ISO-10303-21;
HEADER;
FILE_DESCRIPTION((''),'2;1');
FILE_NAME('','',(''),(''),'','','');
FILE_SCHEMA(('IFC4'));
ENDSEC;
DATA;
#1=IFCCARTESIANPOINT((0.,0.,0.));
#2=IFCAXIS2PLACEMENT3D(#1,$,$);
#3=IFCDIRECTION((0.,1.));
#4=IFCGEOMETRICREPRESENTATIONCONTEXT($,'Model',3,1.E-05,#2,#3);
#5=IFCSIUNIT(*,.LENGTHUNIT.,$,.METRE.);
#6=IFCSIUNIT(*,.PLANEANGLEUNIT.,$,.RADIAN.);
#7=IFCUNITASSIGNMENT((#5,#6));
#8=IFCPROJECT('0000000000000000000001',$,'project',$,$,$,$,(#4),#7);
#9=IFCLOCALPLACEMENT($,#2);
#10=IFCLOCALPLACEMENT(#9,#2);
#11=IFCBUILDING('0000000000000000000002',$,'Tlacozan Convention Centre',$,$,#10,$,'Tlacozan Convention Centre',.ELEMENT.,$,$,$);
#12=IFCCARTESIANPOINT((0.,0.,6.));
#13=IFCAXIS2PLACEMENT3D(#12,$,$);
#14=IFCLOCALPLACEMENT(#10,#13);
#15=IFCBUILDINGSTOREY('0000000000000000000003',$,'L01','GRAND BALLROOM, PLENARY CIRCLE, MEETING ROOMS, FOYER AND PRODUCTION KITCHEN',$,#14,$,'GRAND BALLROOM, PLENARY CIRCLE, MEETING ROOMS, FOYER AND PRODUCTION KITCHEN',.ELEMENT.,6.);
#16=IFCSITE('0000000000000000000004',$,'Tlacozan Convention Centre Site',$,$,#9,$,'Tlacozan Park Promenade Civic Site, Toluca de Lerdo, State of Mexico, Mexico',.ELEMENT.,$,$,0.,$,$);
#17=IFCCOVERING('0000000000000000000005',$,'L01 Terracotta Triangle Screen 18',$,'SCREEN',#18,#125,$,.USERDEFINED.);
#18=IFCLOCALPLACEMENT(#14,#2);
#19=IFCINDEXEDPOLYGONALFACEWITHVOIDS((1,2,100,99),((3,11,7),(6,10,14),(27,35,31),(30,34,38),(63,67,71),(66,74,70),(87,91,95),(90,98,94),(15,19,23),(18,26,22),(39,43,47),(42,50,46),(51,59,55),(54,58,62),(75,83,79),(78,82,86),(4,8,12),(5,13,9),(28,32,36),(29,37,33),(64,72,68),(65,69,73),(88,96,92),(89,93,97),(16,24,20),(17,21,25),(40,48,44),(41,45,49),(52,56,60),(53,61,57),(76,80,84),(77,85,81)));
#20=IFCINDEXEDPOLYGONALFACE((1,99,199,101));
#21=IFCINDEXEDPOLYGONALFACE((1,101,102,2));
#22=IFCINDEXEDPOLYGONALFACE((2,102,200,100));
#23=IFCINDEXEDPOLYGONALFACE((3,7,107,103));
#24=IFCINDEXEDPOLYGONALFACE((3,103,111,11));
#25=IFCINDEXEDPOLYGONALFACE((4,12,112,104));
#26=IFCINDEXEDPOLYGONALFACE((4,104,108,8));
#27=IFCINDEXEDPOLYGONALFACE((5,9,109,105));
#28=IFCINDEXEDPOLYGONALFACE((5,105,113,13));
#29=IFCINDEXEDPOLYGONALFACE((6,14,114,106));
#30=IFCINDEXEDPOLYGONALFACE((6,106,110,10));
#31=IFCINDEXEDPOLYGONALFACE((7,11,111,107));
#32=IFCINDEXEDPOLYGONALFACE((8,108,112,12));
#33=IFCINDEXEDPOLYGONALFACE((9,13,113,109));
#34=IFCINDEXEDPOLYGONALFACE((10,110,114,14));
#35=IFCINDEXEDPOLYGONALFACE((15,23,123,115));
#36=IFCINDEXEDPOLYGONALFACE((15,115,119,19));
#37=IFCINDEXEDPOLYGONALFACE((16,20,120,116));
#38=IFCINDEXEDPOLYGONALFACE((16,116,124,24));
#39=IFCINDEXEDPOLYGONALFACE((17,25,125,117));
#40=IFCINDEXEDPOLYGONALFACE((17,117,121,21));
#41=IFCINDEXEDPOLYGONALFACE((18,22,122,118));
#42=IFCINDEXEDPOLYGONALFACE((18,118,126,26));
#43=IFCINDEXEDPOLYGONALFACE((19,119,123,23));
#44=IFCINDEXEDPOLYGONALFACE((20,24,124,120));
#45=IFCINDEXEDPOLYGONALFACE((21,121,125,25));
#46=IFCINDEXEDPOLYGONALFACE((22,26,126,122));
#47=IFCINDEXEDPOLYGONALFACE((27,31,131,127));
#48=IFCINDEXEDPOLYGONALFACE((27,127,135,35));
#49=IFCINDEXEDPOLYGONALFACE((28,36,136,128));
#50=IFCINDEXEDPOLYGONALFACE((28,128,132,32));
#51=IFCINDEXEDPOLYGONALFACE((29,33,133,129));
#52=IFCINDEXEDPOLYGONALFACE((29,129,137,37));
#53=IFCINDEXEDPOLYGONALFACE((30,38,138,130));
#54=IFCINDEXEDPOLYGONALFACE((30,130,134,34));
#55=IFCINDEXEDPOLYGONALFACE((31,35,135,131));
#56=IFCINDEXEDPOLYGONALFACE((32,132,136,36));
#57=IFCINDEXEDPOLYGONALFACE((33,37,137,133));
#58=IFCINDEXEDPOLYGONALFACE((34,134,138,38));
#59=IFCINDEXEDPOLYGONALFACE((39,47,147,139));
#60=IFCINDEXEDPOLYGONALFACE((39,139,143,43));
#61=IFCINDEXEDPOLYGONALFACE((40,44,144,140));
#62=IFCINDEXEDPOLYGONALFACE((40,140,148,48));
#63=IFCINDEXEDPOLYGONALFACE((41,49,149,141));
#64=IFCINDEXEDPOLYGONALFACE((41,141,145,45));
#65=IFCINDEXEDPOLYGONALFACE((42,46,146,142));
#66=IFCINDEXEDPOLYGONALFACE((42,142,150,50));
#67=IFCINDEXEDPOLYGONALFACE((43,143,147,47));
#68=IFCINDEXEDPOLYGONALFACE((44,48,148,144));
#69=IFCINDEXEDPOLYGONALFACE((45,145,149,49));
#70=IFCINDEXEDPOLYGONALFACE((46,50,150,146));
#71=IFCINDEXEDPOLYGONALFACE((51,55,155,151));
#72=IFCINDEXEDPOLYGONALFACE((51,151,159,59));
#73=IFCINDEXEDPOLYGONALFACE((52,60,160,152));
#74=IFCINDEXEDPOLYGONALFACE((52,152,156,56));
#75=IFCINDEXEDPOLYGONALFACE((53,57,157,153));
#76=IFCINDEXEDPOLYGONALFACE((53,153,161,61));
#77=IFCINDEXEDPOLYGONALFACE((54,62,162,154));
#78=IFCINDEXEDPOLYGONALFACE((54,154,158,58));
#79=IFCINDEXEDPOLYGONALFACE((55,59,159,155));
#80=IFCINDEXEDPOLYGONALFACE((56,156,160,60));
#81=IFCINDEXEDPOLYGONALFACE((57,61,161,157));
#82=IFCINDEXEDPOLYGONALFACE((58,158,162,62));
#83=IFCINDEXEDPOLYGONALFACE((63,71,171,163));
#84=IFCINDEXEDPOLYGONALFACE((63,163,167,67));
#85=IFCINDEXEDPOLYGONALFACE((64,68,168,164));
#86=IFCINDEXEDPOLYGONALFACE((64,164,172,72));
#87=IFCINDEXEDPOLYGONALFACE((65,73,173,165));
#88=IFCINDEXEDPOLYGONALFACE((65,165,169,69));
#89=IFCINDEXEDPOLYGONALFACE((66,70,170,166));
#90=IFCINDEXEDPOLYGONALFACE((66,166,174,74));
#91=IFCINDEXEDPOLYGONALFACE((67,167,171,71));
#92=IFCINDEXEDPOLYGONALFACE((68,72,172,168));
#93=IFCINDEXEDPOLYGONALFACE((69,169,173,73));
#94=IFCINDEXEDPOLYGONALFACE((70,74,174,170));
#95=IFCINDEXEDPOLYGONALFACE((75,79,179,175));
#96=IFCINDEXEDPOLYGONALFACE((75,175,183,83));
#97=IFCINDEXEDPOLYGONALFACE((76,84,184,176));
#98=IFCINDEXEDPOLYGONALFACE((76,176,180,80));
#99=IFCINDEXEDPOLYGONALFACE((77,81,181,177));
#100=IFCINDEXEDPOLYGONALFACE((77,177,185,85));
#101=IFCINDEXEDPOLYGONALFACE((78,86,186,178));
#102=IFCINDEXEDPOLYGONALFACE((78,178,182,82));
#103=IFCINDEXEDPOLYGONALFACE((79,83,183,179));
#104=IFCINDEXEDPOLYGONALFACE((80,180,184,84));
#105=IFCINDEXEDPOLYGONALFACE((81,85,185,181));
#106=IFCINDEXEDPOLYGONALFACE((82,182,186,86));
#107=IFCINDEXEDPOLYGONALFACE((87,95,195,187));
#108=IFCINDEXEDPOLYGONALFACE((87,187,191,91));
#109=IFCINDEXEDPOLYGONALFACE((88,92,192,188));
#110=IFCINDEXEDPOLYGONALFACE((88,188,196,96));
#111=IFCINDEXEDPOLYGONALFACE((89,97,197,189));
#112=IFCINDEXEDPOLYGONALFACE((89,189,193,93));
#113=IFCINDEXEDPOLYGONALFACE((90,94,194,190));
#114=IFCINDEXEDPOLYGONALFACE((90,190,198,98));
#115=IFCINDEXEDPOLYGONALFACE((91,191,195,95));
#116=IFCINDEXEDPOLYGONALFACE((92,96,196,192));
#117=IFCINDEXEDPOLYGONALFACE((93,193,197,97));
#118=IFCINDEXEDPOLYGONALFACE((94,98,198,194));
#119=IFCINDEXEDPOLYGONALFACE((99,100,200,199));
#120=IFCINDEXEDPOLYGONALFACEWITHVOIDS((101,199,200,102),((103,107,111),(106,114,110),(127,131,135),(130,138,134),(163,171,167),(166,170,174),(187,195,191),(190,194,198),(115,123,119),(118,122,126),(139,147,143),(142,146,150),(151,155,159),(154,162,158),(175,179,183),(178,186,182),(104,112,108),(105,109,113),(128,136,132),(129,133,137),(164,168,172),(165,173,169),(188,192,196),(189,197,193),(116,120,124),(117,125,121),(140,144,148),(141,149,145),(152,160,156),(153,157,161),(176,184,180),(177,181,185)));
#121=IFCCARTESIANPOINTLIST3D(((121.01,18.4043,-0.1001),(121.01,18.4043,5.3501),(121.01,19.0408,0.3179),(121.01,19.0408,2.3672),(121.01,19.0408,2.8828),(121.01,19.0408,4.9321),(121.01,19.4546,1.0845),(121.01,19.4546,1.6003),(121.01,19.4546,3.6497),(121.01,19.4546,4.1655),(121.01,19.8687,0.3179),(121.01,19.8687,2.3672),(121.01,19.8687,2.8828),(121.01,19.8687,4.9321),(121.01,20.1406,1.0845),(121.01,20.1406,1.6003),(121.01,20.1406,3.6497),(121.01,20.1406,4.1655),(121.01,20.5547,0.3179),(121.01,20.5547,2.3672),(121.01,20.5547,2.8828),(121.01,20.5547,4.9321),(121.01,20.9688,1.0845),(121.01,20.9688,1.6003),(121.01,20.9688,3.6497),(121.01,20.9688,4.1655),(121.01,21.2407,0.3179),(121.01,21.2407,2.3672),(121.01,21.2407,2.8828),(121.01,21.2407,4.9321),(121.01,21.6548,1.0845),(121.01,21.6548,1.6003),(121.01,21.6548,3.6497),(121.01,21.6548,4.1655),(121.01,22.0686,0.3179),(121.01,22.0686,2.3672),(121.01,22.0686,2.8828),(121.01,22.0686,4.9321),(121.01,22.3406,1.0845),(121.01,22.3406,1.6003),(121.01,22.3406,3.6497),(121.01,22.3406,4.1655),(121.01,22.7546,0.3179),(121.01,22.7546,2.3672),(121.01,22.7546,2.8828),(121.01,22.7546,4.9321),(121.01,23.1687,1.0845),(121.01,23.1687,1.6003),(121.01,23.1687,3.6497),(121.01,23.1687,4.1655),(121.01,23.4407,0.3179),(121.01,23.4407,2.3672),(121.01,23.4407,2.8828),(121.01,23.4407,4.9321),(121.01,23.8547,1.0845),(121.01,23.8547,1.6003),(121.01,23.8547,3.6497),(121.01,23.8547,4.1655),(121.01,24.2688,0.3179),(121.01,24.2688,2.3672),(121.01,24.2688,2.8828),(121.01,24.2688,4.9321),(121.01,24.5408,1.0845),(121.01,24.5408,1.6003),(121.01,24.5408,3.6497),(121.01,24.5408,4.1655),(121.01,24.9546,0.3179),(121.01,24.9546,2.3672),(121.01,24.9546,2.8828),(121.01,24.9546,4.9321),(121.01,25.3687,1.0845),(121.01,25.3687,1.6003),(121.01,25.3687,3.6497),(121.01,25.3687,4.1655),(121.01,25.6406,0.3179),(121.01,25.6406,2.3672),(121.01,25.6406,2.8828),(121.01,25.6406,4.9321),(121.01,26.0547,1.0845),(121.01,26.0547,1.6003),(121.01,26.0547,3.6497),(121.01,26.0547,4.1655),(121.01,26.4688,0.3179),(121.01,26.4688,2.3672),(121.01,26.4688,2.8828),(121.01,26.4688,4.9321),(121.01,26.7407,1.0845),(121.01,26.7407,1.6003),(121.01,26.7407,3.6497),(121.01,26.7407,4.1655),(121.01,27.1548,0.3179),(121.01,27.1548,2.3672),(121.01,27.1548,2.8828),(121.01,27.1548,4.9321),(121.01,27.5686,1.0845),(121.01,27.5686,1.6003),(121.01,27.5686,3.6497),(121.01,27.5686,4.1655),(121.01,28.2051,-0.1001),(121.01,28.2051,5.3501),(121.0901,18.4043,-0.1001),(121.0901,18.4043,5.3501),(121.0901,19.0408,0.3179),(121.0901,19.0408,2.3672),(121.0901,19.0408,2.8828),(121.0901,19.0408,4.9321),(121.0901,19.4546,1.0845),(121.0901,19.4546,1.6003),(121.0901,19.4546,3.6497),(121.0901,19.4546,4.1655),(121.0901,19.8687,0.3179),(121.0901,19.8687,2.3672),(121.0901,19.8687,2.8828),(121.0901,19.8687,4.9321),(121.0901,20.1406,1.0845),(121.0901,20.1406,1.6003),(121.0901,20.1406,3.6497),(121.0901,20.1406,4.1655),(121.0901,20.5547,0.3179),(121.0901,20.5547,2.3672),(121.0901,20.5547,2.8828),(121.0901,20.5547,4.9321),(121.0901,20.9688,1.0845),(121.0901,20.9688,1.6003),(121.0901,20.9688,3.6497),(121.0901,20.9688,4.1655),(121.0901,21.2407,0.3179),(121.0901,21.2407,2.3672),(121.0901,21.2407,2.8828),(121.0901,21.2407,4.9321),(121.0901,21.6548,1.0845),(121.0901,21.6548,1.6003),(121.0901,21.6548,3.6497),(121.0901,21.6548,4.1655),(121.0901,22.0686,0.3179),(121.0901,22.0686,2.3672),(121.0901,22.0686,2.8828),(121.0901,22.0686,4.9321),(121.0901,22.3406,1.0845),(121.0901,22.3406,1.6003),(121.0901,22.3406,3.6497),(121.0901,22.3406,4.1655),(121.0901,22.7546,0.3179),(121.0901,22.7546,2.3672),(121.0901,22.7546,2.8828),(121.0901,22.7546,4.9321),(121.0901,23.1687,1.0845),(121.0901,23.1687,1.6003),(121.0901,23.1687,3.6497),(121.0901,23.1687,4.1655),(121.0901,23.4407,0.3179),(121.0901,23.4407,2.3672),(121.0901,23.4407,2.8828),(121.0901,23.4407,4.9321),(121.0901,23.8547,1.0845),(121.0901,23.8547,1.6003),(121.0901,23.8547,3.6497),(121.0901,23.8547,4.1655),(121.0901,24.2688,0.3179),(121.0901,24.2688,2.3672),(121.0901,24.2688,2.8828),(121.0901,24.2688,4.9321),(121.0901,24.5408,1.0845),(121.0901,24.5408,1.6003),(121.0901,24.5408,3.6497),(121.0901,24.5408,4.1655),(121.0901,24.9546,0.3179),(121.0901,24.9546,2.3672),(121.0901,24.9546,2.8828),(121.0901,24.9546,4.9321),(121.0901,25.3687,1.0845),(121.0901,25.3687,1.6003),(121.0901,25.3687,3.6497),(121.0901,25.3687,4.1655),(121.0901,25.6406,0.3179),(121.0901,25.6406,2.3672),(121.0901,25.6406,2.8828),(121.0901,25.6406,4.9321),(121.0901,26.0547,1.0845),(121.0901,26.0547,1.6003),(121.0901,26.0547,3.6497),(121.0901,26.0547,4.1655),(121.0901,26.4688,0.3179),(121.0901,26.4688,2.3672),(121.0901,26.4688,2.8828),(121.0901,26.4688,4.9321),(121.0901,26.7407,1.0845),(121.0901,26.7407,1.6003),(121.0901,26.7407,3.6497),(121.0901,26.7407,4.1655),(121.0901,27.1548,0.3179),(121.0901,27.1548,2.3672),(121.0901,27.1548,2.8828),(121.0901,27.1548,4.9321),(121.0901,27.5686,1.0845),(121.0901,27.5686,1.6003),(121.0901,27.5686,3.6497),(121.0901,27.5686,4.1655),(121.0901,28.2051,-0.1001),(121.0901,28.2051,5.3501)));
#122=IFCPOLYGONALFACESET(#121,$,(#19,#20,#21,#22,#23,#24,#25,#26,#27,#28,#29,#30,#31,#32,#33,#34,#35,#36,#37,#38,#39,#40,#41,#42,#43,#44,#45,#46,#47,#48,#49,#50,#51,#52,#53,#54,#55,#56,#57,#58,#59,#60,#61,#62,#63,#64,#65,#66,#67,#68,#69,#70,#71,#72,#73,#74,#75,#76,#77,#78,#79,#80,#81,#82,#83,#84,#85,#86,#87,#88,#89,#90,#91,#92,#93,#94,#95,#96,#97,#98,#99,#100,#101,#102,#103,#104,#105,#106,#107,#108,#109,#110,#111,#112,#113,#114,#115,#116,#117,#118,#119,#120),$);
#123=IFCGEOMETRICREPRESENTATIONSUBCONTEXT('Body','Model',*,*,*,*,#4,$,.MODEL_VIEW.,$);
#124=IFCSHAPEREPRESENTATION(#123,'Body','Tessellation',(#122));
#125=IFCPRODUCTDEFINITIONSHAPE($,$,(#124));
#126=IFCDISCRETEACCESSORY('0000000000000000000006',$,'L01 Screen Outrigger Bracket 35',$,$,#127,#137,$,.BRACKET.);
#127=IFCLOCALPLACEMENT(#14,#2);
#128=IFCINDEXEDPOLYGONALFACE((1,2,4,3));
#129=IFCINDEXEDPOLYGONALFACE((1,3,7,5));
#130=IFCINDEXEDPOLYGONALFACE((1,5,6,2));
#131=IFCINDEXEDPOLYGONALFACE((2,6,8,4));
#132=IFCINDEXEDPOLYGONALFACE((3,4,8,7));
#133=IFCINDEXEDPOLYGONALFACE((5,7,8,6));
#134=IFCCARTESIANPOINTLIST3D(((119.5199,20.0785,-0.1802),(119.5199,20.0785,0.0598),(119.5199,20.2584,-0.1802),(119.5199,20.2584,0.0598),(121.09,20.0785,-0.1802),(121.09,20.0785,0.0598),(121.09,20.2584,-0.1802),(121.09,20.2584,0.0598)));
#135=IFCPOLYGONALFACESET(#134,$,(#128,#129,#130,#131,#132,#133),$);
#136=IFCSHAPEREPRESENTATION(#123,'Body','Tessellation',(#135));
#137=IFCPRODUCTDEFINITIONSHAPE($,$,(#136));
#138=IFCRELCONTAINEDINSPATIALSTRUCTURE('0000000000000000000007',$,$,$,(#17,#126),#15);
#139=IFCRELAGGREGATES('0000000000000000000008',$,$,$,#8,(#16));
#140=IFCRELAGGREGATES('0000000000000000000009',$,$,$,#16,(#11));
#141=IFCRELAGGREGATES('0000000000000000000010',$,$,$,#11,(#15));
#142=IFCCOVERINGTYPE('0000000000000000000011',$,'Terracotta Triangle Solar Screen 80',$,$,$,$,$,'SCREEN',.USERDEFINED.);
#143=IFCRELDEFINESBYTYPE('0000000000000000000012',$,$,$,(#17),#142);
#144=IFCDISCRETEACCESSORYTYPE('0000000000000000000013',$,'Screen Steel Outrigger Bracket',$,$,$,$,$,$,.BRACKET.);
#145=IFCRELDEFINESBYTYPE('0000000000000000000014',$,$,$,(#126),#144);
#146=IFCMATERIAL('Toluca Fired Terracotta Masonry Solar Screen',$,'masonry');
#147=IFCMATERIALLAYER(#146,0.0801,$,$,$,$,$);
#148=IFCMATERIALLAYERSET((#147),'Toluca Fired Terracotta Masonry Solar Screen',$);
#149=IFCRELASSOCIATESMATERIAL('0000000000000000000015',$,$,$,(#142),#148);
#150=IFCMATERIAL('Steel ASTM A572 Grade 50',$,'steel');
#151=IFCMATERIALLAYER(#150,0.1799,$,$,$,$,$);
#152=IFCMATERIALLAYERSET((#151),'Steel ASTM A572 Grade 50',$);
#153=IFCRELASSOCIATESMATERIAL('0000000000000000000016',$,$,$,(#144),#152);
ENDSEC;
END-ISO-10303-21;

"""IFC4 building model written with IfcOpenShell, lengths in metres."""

from ifc_helpers import new_model, si_unit, direction, frame, origin, origin_2d, place, context, subcontext, project, spatial, polyline, rectangle, outline, extrude, material, layer, layer_set, type_object, element, save


model = new_model("IFC4")

# Units and contexts
model_context = context("Model", 3, precision=1e-05, world=origin(), true_north=direction((0.0, 1.0)))
body_context = subcontext(model_context, "Body", "Model", "MODEL_VIEW")
ifc_project = project(units=[si_unit("LENGTHUNIT", "METRE"), si_unit("PLANEANGLEUNIT", "RADIAN")], contexts=[model_context])

# Site, building, storey
site_placement = place(None, origin())
site = spatial("IfcSite", under=ifc_project, at=site_placement, Name="Tlacozan Convention Centre Site", LongName="Tlacozan Park Promenade Civic Site, Toluca de Lerdo, State of Mexico, Mexico", CompositionType="ELEMENT", RefElevation=0.0)
building_placement = place(site_placement, origin())
building = spatial("IfcBuilding", under=site, at=building_placement, Name="Tlacozan Convention Centre", LongName="Tlacozan Convention Centre", CompositionType="ELEMENT")
storey_placement = place(building_placement, frame((0.0, 0.0, 6.0)))
storey = spatial("IfcBuildingStorey", under=building, at=storey_placement, Name="L01", Description="GRAND BALLROOM, PLENARY CIRCLE, MEETING ROOMS, FOYER AND PRODUCTION KITCHEN", LongName="GRAND BALLROOM, PLENARY CIRCLE, MEETING ROOMS, FOYER AND PRODUCTION KITCHEN", CompositionType="ELEMENT", Elevation=6.0)

# Covering
ifc_material_1 = material(Name="Toluca Fired Terracotta Masonry Solar Screen", Category="masonry")
ifc_layer_1 = layer(ifc_material_1, 0.0801)
ifc_layer_set_1 = layer_set([ifc_layer_1], Name="Toluca Fired Terracotta Masonry Solar Screen")
covering_type = type_object("IfcCoveringType", Name="Terracotta Triangle Solar Screen 80", ElementType="SCREEN", PredefinedType="USERDEFINED", material=ifc_layer_set_1)
covering_placement = place(storey_placement, frame((121.05, 18.4043, -0.1001), z_axis=(0.0, 0.0, 1.0), x_axis=(0.0, 1.0, 0.0)))
element("IfcCovering", 1, at=covering_placement, inside=storey, type_object=covering_type, Name="L01 Terracotta Triangle Screen 18", ObjectType="SCREEN", PredefinedType="USERDEFINED", context=body_context, shape_type="SweptSolid", body=[
    extrude(outline(polyline([(0.0, 0.0), (9.8008, 0.0), (9.8008, 5.4502), (0.0, 5.4502), (0.0, 0.0)]), holes=[polyline([(0.6365, 0.418), (1.4644, 0.418), (1.0503, 1.1846), (0.6365, 0.418)]), polyline([(1.7363, 1.1846), (2.5645, 1.1846), (2.1504, 0.418), (1.7363, 1.1846)]), polyline([(2.8364, 0.418), (3.6643, 0.418), (3.2505, 1.1846), (2.8364, 0.418)]), polyline([(3.9363, 1.1846), (4.7644, 1.1846), (4.3503, 0.418), (3.9363, 1.1846)]), polyline([(5.0364, 0.418), (5.8645, 0.418), (5.4504, 1.1846), (5.0364, 0.418)]), polyline([(6.1365, 1.1846), (6.9644, 1.1846), (6.5503, 0.418), (6.1365, 1.1846)]), polyline([(7.2363, 0.418), (8.0645, 0.418), (7.6504, 1.1846), (7.2363, 0.418)]), polyline([(8.3364, 1.1846), (9.1643, 1.1846), (8.7505, 0.418), (8.3364, 1.1846)]), polyline([(0.6365, 2.4673), (1.4644, 2.4673), (1.0503, 1.7004), (0.6365, 2.4673)]), polyline([(1.7363, 1.7004), (2.5645, 1.7004), (2.1504, 2.4673), (1.7363, 1.7004)]), polyline([(2.8364, 2.4673), (3.6643, 2.4673), (3.2505, 1.7004), (2.8364, 2.4673)]), polyline([(3.9363, 1.7004), (4.7644, 1.7004), (4.3503, 2.4673), (3.9363, 1.7004)]), polyline([(5.0364, 2.4673), (5.8645, 2.4673), (5.4504, 1.7004), (5.0364, 2.4673)]), polyline([(6.1365, 1.7004), (6.9644, 1.7004), (6.5503, 2.4673), (6.1365, 1.7004)]), polyline([(7.2363, 2.4673), (8.0645, 2.4673), (7.6504, 1.7004), (7.2363, 2.4673)]), polyline([(8.3364, 1.7004), (9.1643, 1.7004), (8.7505, 2.4673), (8.3364, 1.7004)]), polyline([(0.6365, 2.9829), (1.4644, 2.9829), (1.0503, 3.7498), (0.6365, 2.9829)]), polyline([(1.7363, 3.7498), (2.5645, 3.7498), (2.1504, 2.9829), (1.7363, 3.7498)]), polyline([(2.8364, 2.9829), (3.6643, 2.9829), (3.2505, 3.7498), (2.8364, 2.9829)]), polyline([(3.9363, 3.7498), (4.7644, 3.7498), (4.3503, 2.9829), (3.9363, 3.7498)]), polyline([(5.0364, 2.9829), (5.8645, 2.9829), (5.4504, 3.7498), (5.0364, 2.9829)]), polyline([(6.1365, 3.7498), (6.9644, 3.7498), (6.5503, 2.9829), (6.1365, 3.7498)]), polyline([(7.2363, 2.9829), (8.0645, 2.9829), (7.6504, 3.7498), (7.2363, 2.9829)]), polyline([(8.3364, 3.7498), (9.1643, 3.7498), (8.7505, 2.9829), (8.3364, 3.7498)]), polyline([(0.6365, 5.0322), (1.4644, 5.0322), (1.0503, 4.2656), (0.6365, 5.0322)]), polyline([(1.7363, 4.2656), (2.5645, 4.2656), (2.1504, 5.0322), (1.7363, 4.2656)]), polyline([(2.8364, 5.0322), (3.6643, 5.0322), (3.2505, 4.2656), (2.8364, 5.0322)]), polyline([(3.9363, 4.2656), (4.7644, 4.2656), (4.3503, 5.0322), (3.9363, 4.2656)]), polyline([(5.0364, 5.0322), (5.8645, 5.0322), (5.4504, 4.2656), (5.0364, 5.0322)]), polyline([(6.1365, 4.2656), (6.9644, 4.2656), (6.5503, 5.0322), (6.1365, 4.2656)]), polyline([(7.2363, 5.0322), (8.0645, 5.0322), (7.6504, 4.2656), (7.2363, 5.0322)]), polyline([(8.3364, 4.2656), (9.1643, 4.2656), (8.7505, 5.0322), (8.3364, 4.2656)])]), frame((0.0, 0.04, 0.0), z_axis=(0.0, -1.0, 0.0), x_axis=(1.0, 0.0, 0.0)), (0.0, 0.0, 1.0), 0.0801),
])

# Discrete accessory
ifc_material_2 = material(Name="Steel ASTM A572 Grade 50", Category="steel")
ifc_layer_2 = layer(ifc_material_2, 0.1799)
ifc_layer_set_2 = layer_set([ifc_layer_2], Name="Steel ASTM A572 Grade 50")
discrete_accessory_type = type_object("IfcDiscreteAccessoryType", Name="Screen Steel Outrigger Bracket", PredefinedType="BRACKET", material=ifc_layer_set_2)
discrete_accessory_placement = place(storey_placement, frame((120.3049, 20.1685, -0.1802), z_axis=(0.0, 0.0, 1.0), x_axis=(-1.0, 0.0, 0.0)))
element("IfcDiscreteAccessory", 2, at=discrete_accessory_placement, inside=storey, type_object=discrete_accessory_type, Name="L01 Screen Outrigger Bracket 35", PredefinedType="BRACKET", context=body_context, shape_type="SweptSolid", body=[
    extrude(rectangle(XDim=1.5701, YDim=0.1799, at=origin_2d()), origin(), (0.0, 0.0, 1.0), 0.24),
])

save(model, "model.ifc")
